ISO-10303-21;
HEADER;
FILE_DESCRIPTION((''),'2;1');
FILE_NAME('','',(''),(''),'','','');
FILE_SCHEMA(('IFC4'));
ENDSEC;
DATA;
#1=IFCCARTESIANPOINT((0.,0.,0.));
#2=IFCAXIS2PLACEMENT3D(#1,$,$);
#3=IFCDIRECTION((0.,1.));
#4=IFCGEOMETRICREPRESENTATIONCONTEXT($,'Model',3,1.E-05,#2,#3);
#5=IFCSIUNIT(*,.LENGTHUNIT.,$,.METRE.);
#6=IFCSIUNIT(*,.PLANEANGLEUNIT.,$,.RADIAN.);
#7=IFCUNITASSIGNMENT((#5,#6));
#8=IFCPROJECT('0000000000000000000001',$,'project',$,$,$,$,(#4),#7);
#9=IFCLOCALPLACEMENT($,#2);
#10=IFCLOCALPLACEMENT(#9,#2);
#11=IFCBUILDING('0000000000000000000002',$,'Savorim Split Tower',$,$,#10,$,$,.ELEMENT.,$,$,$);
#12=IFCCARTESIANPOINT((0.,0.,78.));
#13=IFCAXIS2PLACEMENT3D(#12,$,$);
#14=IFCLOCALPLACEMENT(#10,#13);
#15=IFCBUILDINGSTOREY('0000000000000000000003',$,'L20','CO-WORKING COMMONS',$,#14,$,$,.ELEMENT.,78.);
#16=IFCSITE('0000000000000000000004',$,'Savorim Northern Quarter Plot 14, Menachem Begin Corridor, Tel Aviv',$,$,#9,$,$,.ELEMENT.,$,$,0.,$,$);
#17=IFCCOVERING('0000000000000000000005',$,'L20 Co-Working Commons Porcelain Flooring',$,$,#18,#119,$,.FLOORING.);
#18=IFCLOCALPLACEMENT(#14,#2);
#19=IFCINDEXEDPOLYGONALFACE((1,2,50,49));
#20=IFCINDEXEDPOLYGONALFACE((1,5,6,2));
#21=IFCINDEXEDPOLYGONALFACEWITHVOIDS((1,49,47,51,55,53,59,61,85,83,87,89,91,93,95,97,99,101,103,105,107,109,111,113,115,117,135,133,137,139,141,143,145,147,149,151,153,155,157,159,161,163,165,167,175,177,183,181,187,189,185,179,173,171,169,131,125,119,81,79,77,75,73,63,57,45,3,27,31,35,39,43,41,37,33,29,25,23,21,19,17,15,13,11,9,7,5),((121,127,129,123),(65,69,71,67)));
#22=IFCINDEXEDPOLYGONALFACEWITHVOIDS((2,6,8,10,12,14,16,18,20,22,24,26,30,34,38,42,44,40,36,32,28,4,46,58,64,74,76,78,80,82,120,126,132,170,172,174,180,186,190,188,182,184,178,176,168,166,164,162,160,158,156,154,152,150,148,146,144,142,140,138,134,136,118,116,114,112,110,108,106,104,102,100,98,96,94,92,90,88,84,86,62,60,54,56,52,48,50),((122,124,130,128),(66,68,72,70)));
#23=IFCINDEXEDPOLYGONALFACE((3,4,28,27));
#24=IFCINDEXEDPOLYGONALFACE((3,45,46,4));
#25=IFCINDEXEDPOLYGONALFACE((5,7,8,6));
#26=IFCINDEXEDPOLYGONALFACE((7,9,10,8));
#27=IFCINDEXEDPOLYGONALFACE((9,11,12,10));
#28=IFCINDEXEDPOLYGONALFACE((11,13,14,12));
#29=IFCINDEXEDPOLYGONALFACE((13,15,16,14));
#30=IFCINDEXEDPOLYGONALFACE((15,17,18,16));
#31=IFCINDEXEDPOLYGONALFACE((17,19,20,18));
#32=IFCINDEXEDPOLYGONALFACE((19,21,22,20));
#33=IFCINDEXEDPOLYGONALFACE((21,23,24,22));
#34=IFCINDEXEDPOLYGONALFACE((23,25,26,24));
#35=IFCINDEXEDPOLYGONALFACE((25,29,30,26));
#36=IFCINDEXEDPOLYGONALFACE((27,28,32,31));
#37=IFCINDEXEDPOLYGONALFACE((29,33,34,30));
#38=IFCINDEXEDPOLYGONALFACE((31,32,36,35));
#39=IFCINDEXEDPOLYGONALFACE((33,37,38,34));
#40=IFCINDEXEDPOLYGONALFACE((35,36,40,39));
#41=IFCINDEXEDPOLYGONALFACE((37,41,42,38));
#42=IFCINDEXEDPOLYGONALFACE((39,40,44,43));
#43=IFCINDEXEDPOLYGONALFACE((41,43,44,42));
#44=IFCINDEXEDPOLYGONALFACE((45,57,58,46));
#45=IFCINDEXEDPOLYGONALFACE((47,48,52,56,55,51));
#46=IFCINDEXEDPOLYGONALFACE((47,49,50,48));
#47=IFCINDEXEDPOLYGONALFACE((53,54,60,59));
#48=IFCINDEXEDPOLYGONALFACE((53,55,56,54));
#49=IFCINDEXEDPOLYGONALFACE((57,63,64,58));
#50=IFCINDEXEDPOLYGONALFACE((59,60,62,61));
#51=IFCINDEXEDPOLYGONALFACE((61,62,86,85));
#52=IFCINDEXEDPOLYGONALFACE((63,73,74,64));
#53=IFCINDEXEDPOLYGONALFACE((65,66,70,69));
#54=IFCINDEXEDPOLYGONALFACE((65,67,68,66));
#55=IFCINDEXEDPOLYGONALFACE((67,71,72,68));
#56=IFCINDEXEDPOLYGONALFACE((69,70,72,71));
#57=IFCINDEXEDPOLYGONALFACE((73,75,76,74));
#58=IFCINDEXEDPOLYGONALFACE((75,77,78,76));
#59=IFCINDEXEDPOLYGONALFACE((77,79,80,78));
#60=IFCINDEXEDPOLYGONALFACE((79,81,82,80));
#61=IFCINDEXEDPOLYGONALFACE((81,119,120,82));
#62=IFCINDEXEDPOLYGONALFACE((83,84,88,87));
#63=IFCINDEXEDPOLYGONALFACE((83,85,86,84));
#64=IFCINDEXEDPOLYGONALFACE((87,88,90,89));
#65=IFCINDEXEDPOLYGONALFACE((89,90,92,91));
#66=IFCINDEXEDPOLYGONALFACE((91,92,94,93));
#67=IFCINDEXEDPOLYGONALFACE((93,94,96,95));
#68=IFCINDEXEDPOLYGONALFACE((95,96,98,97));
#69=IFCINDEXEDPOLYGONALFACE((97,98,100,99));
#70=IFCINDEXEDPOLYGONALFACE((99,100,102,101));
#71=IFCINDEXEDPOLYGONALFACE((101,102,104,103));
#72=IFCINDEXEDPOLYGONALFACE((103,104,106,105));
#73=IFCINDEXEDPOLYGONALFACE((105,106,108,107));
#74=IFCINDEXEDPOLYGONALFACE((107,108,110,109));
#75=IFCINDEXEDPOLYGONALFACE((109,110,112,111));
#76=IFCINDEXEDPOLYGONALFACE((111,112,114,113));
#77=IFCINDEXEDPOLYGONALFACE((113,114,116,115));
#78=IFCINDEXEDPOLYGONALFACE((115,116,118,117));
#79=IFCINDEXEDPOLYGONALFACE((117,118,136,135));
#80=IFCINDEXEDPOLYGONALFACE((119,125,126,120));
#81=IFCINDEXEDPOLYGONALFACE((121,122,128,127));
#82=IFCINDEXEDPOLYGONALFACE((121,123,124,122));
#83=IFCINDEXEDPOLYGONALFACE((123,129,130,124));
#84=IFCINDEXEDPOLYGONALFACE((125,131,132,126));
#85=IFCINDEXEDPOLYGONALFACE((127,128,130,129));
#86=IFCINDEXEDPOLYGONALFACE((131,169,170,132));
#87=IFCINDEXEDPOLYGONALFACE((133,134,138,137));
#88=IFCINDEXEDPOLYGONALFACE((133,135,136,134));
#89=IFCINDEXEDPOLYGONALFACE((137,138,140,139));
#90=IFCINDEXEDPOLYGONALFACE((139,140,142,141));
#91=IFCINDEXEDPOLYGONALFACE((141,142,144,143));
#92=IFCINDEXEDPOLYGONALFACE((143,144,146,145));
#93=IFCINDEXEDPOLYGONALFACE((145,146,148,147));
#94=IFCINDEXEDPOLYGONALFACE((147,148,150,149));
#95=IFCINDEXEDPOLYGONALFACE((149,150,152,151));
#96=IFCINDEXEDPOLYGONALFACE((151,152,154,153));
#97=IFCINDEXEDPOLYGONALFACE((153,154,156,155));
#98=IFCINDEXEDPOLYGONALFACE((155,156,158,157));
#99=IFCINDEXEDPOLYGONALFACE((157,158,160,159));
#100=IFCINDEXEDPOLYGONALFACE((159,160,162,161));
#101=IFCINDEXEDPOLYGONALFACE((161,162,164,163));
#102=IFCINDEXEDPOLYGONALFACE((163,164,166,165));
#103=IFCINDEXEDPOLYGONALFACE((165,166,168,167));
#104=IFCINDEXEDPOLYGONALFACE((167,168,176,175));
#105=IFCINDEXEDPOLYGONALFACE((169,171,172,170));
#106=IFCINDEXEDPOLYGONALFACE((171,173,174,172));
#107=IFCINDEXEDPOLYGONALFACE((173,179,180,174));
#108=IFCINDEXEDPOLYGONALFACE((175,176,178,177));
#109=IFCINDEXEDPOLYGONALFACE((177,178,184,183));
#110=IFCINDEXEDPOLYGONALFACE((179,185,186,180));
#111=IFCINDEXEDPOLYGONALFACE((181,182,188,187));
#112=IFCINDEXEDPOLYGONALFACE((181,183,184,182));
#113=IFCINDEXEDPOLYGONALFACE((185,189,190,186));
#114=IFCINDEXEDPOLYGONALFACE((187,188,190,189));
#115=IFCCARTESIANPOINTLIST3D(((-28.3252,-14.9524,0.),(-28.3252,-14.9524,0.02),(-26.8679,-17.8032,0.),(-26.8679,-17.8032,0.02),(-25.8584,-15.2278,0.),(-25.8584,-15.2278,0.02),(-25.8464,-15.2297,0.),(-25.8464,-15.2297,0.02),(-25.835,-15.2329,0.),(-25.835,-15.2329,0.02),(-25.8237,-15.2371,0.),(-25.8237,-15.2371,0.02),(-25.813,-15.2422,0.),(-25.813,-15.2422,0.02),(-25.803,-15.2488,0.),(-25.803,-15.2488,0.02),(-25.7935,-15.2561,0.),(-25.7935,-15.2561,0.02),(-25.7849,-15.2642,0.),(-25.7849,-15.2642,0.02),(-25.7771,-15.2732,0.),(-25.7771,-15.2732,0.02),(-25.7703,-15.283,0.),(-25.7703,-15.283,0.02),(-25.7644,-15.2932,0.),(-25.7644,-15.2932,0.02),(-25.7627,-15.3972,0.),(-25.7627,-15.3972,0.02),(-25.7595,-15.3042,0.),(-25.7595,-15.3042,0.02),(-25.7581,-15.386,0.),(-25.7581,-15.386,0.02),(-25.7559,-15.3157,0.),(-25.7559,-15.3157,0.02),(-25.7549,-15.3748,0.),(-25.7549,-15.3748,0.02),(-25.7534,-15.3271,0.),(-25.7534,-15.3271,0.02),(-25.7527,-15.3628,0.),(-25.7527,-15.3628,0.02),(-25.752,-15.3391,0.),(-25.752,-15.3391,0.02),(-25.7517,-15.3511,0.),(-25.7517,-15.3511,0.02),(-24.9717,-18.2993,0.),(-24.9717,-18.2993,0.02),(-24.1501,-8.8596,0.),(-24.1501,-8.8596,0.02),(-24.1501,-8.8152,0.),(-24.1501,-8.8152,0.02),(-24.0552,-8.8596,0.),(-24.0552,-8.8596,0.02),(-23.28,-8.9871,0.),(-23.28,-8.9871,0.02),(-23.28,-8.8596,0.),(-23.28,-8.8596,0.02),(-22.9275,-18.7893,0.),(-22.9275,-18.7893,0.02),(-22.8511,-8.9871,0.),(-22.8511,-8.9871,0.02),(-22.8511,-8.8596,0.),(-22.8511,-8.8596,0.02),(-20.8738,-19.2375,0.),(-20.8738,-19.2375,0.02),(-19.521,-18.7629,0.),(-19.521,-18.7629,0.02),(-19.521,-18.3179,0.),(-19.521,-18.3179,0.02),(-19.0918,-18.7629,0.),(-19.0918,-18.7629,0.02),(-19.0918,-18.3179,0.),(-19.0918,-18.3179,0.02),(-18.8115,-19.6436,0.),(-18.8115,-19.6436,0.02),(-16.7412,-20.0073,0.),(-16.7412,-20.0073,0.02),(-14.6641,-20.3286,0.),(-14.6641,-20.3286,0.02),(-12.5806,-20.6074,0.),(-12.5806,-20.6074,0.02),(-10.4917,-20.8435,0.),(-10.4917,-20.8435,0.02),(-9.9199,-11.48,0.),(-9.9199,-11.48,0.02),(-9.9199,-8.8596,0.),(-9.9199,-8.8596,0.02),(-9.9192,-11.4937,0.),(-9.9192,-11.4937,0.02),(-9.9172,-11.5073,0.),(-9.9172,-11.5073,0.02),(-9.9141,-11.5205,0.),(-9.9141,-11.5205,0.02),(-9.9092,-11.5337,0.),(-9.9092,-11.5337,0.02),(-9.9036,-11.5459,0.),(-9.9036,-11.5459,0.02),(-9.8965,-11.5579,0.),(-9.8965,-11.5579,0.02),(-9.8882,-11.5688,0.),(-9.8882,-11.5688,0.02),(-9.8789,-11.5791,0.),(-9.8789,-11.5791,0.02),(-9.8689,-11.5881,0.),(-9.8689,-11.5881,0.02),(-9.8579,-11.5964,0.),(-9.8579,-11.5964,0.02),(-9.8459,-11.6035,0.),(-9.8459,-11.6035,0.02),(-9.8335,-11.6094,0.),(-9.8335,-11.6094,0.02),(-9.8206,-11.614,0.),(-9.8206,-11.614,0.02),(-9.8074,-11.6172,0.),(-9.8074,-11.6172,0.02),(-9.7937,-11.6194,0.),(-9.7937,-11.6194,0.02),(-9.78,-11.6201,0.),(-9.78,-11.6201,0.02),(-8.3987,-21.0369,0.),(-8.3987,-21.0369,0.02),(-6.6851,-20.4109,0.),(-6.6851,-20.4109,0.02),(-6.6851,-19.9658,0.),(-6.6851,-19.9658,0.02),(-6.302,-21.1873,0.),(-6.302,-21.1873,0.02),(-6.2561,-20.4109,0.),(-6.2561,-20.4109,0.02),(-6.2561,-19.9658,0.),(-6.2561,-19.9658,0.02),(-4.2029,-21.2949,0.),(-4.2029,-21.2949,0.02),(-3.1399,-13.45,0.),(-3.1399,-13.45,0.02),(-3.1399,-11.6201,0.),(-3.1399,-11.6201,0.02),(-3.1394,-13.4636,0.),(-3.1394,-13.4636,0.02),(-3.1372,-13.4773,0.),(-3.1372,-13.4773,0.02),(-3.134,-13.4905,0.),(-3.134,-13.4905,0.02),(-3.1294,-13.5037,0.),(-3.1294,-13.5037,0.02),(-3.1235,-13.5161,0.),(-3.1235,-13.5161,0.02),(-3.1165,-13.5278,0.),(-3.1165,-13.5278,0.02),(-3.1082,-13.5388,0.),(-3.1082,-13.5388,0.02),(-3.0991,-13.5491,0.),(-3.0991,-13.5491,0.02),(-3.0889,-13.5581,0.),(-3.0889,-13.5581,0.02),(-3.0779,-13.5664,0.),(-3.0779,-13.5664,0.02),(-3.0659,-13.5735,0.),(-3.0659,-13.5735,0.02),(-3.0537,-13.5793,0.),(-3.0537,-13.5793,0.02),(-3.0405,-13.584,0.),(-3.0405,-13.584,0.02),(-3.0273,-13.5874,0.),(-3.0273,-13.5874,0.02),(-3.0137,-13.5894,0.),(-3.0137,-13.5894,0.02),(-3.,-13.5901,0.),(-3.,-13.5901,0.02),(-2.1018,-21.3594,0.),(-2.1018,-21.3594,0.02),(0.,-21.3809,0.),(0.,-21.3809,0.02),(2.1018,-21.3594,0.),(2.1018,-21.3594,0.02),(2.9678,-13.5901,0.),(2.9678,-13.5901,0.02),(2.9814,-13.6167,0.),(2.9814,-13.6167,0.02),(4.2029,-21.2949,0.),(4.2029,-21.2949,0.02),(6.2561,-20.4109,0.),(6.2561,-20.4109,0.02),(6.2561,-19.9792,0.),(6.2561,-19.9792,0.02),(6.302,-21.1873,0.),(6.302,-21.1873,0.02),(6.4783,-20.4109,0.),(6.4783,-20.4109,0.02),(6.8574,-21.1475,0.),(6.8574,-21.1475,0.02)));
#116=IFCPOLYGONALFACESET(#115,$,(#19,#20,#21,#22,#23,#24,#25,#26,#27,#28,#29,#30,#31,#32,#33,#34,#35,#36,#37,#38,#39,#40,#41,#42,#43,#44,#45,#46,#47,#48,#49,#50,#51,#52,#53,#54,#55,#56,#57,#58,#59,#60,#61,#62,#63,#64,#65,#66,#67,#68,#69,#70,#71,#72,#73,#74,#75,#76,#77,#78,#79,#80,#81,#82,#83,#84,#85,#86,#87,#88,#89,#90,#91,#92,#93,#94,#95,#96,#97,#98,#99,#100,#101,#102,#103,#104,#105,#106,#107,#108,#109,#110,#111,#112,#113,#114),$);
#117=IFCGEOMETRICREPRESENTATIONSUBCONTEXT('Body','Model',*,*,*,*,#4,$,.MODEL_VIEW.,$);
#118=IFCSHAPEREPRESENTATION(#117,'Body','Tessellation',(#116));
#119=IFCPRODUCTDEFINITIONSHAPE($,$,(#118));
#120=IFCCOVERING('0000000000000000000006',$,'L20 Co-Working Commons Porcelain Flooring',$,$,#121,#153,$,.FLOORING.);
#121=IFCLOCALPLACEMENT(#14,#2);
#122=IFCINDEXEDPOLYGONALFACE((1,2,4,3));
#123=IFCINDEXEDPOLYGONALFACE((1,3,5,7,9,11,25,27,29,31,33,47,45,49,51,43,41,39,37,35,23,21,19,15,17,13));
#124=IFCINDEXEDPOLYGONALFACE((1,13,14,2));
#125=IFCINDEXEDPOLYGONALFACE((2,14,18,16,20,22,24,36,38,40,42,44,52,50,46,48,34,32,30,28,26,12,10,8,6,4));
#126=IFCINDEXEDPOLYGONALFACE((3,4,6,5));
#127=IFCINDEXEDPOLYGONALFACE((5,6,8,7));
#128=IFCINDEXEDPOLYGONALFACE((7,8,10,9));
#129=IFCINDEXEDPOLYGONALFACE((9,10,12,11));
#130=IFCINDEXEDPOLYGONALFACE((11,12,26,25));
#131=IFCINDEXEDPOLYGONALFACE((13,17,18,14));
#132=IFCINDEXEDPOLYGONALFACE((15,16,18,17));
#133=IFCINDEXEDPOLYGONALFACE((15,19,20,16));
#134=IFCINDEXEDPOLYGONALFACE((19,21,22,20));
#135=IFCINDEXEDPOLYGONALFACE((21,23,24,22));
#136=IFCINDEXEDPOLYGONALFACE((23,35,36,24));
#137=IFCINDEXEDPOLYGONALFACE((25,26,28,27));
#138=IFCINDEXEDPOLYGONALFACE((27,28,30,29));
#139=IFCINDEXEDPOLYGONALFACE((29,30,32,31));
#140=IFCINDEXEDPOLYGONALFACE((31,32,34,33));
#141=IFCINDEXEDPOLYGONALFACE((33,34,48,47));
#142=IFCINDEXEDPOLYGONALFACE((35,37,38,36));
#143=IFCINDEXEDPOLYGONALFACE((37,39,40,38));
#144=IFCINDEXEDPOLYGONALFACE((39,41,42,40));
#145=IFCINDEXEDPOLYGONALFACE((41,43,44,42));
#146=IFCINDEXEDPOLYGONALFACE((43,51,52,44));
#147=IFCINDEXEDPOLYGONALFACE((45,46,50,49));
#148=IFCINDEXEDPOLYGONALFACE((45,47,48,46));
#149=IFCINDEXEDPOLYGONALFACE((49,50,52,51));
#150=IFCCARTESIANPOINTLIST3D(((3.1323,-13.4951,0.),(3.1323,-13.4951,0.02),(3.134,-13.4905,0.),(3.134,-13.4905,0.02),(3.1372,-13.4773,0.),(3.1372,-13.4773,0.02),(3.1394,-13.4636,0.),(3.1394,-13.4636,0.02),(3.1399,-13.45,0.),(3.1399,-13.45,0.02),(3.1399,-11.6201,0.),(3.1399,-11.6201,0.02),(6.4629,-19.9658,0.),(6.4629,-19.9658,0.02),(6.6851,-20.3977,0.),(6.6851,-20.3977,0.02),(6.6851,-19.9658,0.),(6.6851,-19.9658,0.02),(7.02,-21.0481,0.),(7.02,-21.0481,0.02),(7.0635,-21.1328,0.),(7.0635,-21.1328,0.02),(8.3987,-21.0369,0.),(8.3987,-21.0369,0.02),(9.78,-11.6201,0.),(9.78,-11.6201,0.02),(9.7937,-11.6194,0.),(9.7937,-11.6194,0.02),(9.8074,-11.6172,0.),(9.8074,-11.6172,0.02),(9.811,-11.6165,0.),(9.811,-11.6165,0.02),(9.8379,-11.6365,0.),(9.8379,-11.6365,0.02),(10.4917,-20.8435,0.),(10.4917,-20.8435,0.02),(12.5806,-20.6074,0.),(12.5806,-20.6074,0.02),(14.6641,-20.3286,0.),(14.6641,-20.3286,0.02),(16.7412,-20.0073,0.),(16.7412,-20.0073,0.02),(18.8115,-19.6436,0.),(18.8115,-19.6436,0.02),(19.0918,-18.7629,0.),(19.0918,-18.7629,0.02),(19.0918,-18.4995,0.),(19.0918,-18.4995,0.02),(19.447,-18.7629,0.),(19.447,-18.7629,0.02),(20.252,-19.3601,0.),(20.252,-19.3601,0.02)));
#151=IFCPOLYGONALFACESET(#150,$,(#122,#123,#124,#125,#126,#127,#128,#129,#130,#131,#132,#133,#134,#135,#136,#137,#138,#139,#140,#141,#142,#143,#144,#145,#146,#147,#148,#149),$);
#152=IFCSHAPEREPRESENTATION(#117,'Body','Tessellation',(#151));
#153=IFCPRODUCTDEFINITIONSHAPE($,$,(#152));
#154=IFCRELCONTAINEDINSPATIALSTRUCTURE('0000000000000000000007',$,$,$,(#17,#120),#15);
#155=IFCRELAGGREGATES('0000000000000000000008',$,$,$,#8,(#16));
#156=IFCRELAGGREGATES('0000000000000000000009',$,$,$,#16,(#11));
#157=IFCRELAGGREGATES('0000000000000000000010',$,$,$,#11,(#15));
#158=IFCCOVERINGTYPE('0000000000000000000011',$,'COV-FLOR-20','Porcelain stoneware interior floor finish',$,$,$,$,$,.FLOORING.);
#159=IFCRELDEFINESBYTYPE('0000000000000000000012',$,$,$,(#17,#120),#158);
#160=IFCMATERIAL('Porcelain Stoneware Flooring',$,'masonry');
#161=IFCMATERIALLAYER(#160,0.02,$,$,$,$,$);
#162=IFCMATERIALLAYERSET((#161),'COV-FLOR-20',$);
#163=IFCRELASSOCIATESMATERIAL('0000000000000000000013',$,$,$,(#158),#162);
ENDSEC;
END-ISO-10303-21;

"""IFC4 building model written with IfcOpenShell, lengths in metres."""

from ifc_helpers import new_model, si_unit, direction, frame, origin, place, context, subcontext, project, spatial, polyline, outline, extrude, material, layer, layer_set, type_object, element, save


model = new_model("IFC4")

# Units and contexts
model_context = context("Model", 3, precision=1e-05, world=origin(), true_north=direction((0.0, 1.0)))
body_context = subcontext(model_context, "Body", "Model", "MODEL_VIEW")
ifc_project = project(units=[si_unit("LENGTHUNIT", "METRE"), si_unit("PLANEANGLEUNIT", "RADIAN")], contexts=[model_context])

# Site, building, storey
site_placement = place(None, origin())
site = spatial("IfcSite", under=ifc_project, at=site_placement, Name="Savorim Northern Quarter Plot 14, Menachem Begin Corridor, Tel Aviv", CompositionType="ELEMENT", RefElevation=0.0)
building_placement = place(site_placement, origin())
building = spatial("IfcBuilding", under=site, at=building_placement, Name="Savorim Split Tower", CompositionType="ELEMENT")
storey_placement = place(building_placement, frame((0.0, 0.0, 78.0)))
storey = spatial("IfcBuildingStorey", under=building, at=storey_placement, Name="L20", Description="CO-WORKING COMMONS", CompositionType="ELEMENT", Elevation=78.0)

# Coverings
ifc_material_1 = material(Name="Porcelain Stoneware Flooring", Category="masonry")
ifc_layer_1 = layer(ifc_material_1, 0.02)
ifc_layer_set_1 = layer_set([ifc_layer_1], Name="COV-FLOR-20")
covering_type_1 = type_object("IfcCoveringType", Name="COV-FLOR-20", Description="Porcelain stoneware interior floor finish", PredefinedType="FLOORING", material=ifc_layer_set_1)
covering_1_placement = place(storey_placement, origin())
element("IfcCovering", 1, at=covering_1_placement, inside=storey, type_object=covering_type_1, Name="L20 Co-Working Commons Porcelain Flooring", PredefinedType="FLOORING", context=body_context, shape_type="SweptSolid", body=[
    extrude(outline(polyline([(-25.7517, -15.3511), (-25.7527, -15.3628), (-25.7549, -15.3748), (-25.7581, -15.386), (-25.7627, -15.3972), (-26.8679, -17.8032), (-24.9717, -18.2993), (-22.9275, -18.7893), (-20.8738, -19.2375), (-18.8115, -19.6436), (-16.7412, -20.0073), (-14.6641, -20.3286), (-12.5806, -20.6074), (-10.4917, -20.8435), (-8.3987, -21.0369), (-6.302, -21.1873), (-4.2029, -21.2949), (-2.1018, -21.3594), (0.0, -21.3809), (2.1018, -21.3594), (4.2029, -21.2949), (6.302, -21.1873), (6.8574, -21.1475), (6.4783, -20.4109), (6.2561, -20.4109), (6.2561, -19.9792), (2.9814, -13.6167), (2.9678, -13.5901), (-3.0, -13.5901), (-3.0137, -13.5894), (-3.0273, -13.5874), (-3.0405, -13.584), (-3.0537, -13.5793), (-3.0659, -13.5735), (-3.0779, -13.5664), (-3.0889, -13.5581), (-3.0991, -13.5491), (-3.1082, -13.5388), (-3.1165, -13.5278), (-3.1235, -13.5161), (-3.1294, -13.5037), (-3.134, -13.4905), (-3.1372, -13.4773), (-3.1394, -13.4636), (-3.1399, -13.45), (-3.1399, -11.6201), (-9.78, -11.6201), (-9.7937, -11.6194), (-9.8074, -11.6172), (-9.8206, -11.614), (-9.8335, -11.6094), (-9.8459, -11.6035), (-9.8579, -11.5964), (-9.8689, -11.5881), (-9.8789, -11.5791), (-9.8882, -11.5688), (-9.8965, -11.5579), (-9.9036, -11.5459), (-9.9092, -11.5337), (-9.9141, -11.5205), (-9.9172, -11.5073), (-9.9192, -11.4937), (-9.9199, -11.48), (-9.9199, -8.8596), (-22.8511, -8.8596), (-22.8511, -8.9871), (-23.28, -8.9871), (-23.28, -8.8596), (-24.0552, -8.8596), (-24.1501, -8.8596), (-24.1501, -8.8152), (-28.3252, -14.9524), (-25.8584, -15.2278), (-25.8464, -15.2297), (-25.835, -15.2329), (-25.8237, -15.2371), (-25.813, -15.2422), (-25.803, -15.2488), (-25.7935, -15.2561), (-25.7849, -15.2642), (-25.7771, -15.2732), (-25.7703, -15.283), (-25.7644, -15.2932), (-25.7595, -15.3042), (-25.7559, -15.3157), (-25.7534, -15.3271), (-25.752, -15.3391), (-25.7517, -15.3511)]), holes=[polyline([(-19.521, -18.7629), (-19.0918, -18.7629), (-19.0918, -18.3179), (-19.521, -18.3179), (-19.521, -18.7629)]), polyline([(-6.6851, -20.4109), (-6.2561, -20.4109), (-6.2561, -19.9658), (-6.6851, -19.9658), (-6.6851, -20.4109)])]), origin(), (0.0, 0.0, 1.0), 0.02),
])
covering_2_placement = place(storey_placement, origin())
element("IfcCovering", 2, at=covering_2_placement, inside=storey, type_object=covering_type_1, Name="L20 Co-Working Commons Porcelain Flooring", PredefinedType="FLOORING", context=body_context, shape_type="SweptSolid", body=[
    extrude(outline(polyline([(12.5806, -20.6074), (14.6641, -20.3286), (16.7412, -20.0073), (18.8115, -19.6436), (20.252, -19.3601), (19.447, -18.7629), (19.0918, -18.7629), (19.0918, -18.4995), (9.8379, -11.6365), (9.811, -11.6165), (9.8074, -11.6172), (9.7937, -11.6194), (9.78, -11.6201), (3.1399, -11.6201), (3.1399, -13.45), (3.1394, -13.4636), (3.1372, -13.4773), (3.134, -13.4905), (3.1323, -13.4951), (6.4629, -19.9658), (6.6851, -19.9658), (6.6851, -20.3977), (7.02, -21.0481), (7.0635, -21.1328), (7.0635, -21.1328), (8.3987, -21.0369), (10.4917, -20.8435), (12.5806, -20.6074)])), origin(), (0.0, 0.0, 1.0), 0.02),
])

save(model, "model.ifc")
